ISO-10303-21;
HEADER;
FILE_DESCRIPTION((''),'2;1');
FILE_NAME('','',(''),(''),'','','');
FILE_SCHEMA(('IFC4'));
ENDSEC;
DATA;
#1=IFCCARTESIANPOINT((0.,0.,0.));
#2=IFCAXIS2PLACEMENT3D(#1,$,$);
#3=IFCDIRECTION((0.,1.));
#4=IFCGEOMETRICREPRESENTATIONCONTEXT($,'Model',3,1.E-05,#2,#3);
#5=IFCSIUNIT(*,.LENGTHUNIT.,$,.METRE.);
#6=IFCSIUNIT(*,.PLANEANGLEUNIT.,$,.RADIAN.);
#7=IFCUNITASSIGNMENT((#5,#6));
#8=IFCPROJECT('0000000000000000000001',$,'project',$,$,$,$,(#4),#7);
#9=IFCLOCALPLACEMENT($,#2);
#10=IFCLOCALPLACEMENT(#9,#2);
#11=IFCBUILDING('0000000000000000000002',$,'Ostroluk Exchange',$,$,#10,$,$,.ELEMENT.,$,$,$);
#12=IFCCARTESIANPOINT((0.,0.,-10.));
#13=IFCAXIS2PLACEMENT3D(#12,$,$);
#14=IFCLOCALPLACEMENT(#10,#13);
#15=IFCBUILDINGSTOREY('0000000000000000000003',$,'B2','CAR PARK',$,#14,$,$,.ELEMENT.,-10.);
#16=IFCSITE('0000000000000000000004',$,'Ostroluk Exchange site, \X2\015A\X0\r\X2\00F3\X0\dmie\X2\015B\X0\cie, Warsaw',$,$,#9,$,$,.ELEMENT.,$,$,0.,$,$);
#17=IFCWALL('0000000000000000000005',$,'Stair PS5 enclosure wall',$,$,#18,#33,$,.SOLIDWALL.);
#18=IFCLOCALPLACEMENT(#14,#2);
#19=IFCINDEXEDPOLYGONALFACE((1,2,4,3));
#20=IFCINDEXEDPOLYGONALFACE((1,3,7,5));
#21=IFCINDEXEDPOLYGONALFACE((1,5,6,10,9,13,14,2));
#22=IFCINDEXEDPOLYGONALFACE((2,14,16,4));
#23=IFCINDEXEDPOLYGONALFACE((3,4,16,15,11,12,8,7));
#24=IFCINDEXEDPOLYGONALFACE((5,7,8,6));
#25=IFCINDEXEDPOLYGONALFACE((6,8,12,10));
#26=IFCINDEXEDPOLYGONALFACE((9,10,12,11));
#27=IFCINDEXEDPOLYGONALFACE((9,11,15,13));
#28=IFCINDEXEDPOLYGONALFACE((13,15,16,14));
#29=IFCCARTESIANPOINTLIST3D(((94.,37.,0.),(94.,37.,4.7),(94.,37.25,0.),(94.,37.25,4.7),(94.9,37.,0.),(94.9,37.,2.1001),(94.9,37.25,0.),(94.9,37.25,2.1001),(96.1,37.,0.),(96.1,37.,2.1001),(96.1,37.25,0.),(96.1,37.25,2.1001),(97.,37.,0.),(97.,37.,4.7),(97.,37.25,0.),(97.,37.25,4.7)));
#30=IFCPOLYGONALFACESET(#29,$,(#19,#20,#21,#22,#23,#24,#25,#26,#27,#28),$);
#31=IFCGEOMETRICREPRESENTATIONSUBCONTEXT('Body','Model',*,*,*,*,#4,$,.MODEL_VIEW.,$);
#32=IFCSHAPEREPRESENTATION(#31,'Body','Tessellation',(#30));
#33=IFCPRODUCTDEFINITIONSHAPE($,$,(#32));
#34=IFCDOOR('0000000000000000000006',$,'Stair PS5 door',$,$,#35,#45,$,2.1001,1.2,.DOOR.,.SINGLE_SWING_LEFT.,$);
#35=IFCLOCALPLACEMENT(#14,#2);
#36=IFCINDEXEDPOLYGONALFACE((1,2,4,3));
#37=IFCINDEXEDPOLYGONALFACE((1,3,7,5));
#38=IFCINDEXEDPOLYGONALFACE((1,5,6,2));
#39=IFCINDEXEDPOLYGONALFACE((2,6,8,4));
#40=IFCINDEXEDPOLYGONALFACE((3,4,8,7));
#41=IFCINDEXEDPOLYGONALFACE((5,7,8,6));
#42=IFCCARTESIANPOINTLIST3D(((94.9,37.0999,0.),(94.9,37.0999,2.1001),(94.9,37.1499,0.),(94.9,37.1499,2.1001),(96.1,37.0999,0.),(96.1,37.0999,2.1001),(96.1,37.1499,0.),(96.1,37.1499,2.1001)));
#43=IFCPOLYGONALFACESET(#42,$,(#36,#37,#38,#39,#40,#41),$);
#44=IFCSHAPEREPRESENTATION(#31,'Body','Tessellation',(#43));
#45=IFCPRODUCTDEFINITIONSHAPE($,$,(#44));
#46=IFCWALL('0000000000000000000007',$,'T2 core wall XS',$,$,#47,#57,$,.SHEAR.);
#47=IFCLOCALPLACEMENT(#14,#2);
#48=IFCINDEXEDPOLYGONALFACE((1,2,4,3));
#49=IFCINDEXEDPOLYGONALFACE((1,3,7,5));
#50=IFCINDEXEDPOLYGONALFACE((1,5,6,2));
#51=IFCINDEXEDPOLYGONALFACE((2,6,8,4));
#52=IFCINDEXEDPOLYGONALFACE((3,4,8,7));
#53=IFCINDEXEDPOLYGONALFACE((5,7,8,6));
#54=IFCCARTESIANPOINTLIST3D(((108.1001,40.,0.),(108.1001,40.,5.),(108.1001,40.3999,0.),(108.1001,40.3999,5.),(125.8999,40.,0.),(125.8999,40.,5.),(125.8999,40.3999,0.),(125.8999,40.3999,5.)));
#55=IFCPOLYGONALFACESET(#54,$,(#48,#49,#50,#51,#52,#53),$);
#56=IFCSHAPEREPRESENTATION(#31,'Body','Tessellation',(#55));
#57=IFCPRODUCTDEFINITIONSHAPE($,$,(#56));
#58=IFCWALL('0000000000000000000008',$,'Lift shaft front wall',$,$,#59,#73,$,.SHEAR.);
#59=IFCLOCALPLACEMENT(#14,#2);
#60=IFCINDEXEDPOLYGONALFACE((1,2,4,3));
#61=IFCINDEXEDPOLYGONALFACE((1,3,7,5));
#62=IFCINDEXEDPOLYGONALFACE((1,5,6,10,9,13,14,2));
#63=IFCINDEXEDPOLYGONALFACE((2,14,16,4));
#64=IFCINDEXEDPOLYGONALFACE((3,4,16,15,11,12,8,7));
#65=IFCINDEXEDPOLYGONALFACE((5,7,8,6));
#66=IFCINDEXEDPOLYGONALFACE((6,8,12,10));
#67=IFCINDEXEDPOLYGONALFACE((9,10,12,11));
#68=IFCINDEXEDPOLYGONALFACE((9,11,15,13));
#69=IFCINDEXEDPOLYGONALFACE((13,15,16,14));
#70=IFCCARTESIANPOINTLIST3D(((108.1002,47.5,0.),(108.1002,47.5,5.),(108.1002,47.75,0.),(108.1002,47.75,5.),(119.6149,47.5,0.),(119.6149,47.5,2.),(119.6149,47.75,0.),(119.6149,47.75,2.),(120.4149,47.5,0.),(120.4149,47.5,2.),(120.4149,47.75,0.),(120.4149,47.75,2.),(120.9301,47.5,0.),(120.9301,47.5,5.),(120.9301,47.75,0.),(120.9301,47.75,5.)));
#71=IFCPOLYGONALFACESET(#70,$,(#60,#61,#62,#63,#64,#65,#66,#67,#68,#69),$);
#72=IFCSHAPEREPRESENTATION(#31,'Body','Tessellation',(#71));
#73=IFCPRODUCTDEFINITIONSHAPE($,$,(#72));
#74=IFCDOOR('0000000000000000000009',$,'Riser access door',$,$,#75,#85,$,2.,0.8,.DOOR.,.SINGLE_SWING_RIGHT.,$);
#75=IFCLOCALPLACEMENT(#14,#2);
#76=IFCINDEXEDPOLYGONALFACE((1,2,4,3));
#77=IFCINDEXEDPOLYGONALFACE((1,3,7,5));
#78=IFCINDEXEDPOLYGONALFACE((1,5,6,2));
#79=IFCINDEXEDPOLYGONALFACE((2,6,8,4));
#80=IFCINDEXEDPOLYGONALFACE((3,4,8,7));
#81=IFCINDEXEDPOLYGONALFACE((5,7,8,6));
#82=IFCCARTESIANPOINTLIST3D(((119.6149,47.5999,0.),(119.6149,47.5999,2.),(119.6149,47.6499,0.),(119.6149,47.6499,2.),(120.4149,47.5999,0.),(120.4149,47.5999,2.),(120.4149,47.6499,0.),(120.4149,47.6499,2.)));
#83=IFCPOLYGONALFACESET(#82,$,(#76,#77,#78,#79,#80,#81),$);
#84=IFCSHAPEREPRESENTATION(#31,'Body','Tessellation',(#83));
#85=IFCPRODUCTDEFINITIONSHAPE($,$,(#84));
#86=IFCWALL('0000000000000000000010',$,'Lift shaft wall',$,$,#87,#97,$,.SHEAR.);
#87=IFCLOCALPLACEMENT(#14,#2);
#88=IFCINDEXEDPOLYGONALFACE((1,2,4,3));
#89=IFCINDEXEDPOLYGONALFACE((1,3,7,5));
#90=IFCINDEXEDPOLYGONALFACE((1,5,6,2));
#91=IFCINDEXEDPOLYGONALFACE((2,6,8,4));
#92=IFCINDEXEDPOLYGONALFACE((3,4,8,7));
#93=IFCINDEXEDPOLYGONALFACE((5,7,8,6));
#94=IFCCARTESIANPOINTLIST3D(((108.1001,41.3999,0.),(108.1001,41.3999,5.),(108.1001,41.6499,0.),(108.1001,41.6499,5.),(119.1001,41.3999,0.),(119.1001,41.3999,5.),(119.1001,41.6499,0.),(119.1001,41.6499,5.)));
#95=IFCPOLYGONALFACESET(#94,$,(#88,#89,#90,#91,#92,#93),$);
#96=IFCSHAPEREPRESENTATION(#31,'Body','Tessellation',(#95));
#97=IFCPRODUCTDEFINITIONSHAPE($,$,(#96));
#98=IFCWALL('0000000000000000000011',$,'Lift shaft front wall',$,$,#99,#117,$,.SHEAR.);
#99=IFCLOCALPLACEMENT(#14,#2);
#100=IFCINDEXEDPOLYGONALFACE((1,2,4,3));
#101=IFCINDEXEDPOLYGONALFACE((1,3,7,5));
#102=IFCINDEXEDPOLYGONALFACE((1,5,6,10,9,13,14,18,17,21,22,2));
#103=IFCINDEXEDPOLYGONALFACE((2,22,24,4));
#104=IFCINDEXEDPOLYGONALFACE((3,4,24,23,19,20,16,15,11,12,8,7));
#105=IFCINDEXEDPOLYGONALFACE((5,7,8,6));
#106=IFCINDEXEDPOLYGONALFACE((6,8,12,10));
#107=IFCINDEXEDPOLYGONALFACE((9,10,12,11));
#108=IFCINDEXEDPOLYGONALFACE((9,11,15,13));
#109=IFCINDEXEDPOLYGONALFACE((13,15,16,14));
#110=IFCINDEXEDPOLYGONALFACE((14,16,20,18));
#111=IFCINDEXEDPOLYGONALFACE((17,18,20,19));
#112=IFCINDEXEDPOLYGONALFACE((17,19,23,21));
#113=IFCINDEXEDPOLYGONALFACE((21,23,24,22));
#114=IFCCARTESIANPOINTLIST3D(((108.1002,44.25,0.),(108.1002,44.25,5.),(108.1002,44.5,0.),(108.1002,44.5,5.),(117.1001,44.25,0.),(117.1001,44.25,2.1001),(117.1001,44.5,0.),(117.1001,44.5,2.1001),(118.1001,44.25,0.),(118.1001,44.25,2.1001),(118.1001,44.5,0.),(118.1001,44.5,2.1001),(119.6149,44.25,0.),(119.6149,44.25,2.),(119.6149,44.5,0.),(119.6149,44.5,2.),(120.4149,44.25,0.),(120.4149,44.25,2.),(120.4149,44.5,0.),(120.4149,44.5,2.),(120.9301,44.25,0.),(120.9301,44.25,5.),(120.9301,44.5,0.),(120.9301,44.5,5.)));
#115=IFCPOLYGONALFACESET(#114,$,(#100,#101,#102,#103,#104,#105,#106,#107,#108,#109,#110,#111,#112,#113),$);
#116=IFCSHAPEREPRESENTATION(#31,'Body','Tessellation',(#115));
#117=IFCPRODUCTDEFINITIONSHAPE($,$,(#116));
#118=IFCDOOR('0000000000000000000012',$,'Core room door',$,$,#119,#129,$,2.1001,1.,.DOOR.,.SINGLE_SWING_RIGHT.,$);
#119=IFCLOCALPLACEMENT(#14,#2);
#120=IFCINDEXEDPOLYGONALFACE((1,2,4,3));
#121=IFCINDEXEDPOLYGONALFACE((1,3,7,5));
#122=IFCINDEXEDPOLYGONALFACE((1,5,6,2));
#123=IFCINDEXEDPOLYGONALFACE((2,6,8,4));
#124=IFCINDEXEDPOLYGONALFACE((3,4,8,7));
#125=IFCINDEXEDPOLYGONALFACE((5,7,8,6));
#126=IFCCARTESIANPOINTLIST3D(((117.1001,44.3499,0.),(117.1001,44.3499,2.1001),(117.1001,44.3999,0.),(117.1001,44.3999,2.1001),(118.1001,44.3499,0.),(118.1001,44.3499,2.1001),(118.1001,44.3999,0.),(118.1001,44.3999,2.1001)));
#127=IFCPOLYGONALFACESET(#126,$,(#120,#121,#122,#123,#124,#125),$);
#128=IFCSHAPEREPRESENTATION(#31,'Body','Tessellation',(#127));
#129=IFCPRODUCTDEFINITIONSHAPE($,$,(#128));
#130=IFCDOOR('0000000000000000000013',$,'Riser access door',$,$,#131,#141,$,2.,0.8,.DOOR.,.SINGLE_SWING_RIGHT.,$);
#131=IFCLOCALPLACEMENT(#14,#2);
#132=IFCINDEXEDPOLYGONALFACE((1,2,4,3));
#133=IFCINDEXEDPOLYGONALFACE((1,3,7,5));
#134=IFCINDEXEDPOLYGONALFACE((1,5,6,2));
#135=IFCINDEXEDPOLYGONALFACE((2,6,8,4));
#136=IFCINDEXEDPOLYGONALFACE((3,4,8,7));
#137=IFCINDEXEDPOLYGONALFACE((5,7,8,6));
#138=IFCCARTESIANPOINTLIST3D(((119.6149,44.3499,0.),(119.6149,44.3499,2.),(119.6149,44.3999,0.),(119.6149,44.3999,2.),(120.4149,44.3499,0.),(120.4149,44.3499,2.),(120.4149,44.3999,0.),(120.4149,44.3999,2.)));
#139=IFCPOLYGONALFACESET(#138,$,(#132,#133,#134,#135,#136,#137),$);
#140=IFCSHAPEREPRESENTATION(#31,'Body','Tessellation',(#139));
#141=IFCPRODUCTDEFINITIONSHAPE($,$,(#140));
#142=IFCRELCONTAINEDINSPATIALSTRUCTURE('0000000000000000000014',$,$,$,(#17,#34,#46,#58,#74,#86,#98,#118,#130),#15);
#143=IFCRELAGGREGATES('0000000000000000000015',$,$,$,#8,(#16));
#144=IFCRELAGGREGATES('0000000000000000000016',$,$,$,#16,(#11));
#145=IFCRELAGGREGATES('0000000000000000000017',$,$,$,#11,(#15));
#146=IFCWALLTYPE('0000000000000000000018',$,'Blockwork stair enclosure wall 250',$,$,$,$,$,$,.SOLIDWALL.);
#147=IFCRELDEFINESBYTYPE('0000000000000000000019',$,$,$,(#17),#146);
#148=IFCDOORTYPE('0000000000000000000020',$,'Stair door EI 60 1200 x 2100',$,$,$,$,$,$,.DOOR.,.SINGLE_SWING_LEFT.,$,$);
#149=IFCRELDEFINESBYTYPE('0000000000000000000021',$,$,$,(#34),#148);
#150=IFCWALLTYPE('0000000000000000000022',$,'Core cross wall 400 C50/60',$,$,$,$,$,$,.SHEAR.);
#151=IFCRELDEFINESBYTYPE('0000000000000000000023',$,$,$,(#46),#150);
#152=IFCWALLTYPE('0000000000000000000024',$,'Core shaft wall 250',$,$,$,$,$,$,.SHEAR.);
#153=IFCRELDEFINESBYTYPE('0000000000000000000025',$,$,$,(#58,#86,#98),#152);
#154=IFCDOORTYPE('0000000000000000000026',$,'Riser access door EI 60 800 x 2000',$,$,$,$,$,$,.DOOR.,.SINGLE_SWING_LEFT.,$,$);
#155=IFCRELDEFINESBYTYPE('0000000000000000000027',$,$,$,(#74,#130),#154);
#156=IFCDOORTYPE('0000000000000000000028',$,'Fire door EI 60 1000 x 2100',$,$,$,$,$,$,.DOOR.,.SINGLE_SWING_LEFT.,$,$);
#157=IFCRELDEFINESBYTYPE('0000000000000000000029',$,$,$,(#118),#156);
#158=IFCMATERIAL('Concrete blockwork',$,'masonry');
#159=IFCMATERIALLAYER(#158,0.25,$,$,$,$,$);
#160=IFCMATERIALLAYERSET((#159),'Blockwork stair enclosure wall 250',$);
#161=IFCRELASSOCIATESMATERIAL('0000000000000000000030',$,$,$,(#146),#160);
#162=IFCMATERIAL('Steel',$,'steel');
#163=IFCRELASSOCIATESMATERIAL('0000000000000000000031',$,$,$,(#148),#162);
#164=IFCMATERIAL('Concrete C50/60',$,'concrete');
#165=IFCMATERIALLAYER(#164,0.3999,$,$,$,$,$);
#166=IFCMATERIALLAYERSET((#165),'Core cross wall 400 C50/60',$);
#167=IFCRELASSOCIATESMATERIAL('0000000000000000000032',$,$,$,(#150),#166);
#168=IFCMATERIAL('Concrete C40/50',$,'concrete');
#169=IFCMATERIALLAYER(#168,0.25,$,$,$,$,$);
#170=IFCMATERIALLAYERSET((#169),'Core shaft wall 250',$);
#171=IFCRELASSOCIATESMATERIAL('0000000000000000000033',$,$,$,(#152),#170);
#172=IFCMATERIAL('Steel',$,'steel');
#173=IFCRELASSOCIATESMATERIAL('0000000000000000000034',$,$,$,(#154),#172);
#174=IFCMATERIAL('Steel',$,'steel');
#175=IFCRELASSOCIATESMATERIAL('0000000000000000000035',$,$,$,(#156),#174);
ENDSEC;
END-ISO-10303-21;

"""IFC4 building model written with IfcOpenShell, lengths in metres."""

from ifc_helpers import new_model, si_unit, direction, frame, frame_2d, origin, place, context, subcontext, project, spatial, rectangle, extrude, material, layer, layer_set, type_object, element, fill, save


model = new_model("IFC4")

# Units and contexts
model_context = context("Model", 3, precision=1e-05, world=origin(), true_north=direction((0.0, 1.0)))
body_context = subcontext(model_context, "Body", "Model", "MODEL_VIEW")
ifc_project = project(units=[si_unit("LENGTHUNIT", "METRE"), si_unit("PLANEANGLEUNIT", "RADIAN")], contexts=[model_context])

# Site, building, storey
site_placement = place(None, origin())
site = spatial("IfcSite", under=ifc_project, at=site_placement, Name="Ostroluk Exchange site, Śródmieście, Warsaw", CompositionType="ELEMENT", RefElevation=0.0)
building_placement = place(site_placement, origin())
building = spatial("IfcBuilding", under=site, at=building_placement, Name="Ostroluk Exchange", CompositionType="ELEMENT")
storey_placement = place(building_placement, frame((0.0, 0.0, -10.0)))
storey = spatial("IfcBuildingStorey", under=building, at=storey_placement, Name="B2", Description="CAR PARK", CompositionType="ELEMENT", Elevation=-10.0)

# Wall, opening, door
ifc_material_1 = material(Name="Concrete blockwork", Category="masonry")
ifc_layer_1 = layer(ifc_material_1, 0.25)
ifc_layer_set_1 = layer_set([ifc_layer_1], Name="Blockwork stair enclosure wall 250")
wall_type_1 = type_object("IfcWallType", Name="Blockwork stair enclosure wall 250", PredefinedType="SOLIDWALL", material=ifc_layer_set_1)
wall_1_placement = place(storey_placement, frame((94.0, 37.125, 0.0), z_axis=(0.0, 0.0, 1.0), x_axis=(1.0, 0.0, 0.0)))
wall_1 = element("IfcWall", 1, at=wall_1_placement, inside=storey, type_object=wall_type_1, Name="Stair PS5 enclosure wall", PredefinedType="SOLIDWALL", context=body_context, shape_type="SweptSolid", body=[
    extrude(rectangle(XDim=3.0, YDim=0.25, at=frame_2d((1.5, 0.0))), origin(), (0.0, 0.0, 1.0), 4.7),
])
opening_1_placement = place(wall_1_placement, frame((0.8999, 0.0, 0.0)))
opening_1 = element("IfcOpeningElement", 2, at=opening_1_placement, cuts=wall_1, PredefinedType="OPENING", context=body_context, shape_type="SweptSolid", body=[
    extrude(rectangle(XDim=1.2, YDim=2.1001, at=frame_2d((0.6001, 1.05))), frame((0.0, 0.135, 0.0), z_axis=(0.0, -1.0, 0.0), x_axis=(1.0, 0.0, 0.0)), (0.0, 0.0, 1.0), 0.27),
])
ifc_material_2 = material(Name="Steel", Category="steel")
door_type_1 = type_object("IfcDoorType", Name="Stair door EI 60 1200 x 2100", OperationType="SINGLE_SWING_LEFT", PredefinedType="DOOR", material=ifc_material_2)
door_1_placement = place(opening_1_placement, origin())
door_1 = element("IfcDoor", 3, at=door_1_placement, inside=storey, type_object=door_type_1, Name="Stair PS5 door", OperationType="SINGLE_SWING_LEFT", OverallHeight=2.1001, OverallWidth=1.2, PredefinedType="DOOR", context=body_context, shape_type="SweptSolid", body=[
    extrude(rectangle(XDim=1.2, YDim=2.1001, at=frame_2d((0.6001, 1.05))), frame((0.0, 0.0249, 0.0), z_axis=(0.0, -1.0, 0.0), x_axis=(1.0, 0.0, 0.0)), (0.0, 0.0, 1.0), 0.05),
])
fill(opening_1, door_1)

# Wall
ifc_material_3 = material(Name="Concrete C50/60", Category="concrete")
ifc_layer_2 = layer(ifc_material_3, 0.3999)
ifc_layer_set_2 = layer_set([ifc_layer_2], Name="Core cross wall 400 C50/60")
wall_type_2 = type_object("IfcWallType", Name="Core cross wall 400 C50/60", PredefinedType="SHEAR", material=ifc_layer_set_2)
wall_2_placement = place(storey_placement, frame((108.1001, 40.2, 0.0), z_axis=(0.0, 0.0, 1.0), x_axis=(1.0, 0.0, 0.0)))
element("IfcWall", 4, at=wall_2_placement, inside=storey, type_object=wall_type_2, Name="T2 core wall XS", PredefinedType="SHEAR", context=body_context, shape_type="SweptSolid", body=[
    extrude(rectangle(XDim=17.7998, YDim=0.3999, at=frame_2d((8.8999, 0.0))), origin(), (0.0, 0.0, 1.0), 5.0),
])

# Wall, opening, door
ifc_material_4 = material(Name="Concrete C40/50", Category="concrete")
ifc_layer_3 = layer(ifc_material_4, 0.25)
ifc_layer_set_3 = layer_set([ifc_layer_3], Name="Core shaft wall 250")
wall_type_3 = type_object("IfcWallType", Name="Core shaft wall 250", PredefinedType="SHEAR", material=ifc_layer_set_3)
wall_3_placement = place(storey_placement, frame((108.1001, 47.625, 0.0), z_axis=(0.0, 0.0, 1.0), x_axis=(1.0, 0.0, 0.0)))
wall_3 = element("IfcWall", 5, at=wall_3_placement, inside=storey, type_object=wall_type_3, Name="Lift shaft front wall", PredefinedType="SHEAR", context=body_context, shape_type="SweptSolid", body=[
    extrude(rectangle(XDim=12.8298, YDim=0.25, at=frame_2d((6.415, 0.0))), origin(), (0.0, 0.0, 1.0), 5.0),
])
opening_2_placement = place(wall_3_placement, frame((11.5149, 0.0, 0.0)))
opening_2 = element("IfcOpeningElement", 6, at=opening_2_placement, cuts=wall_3, PredefinedType="OPENING", context=body_context, shape_type="SweptSolid", body=[
    extrude(rectangle(XDim=0.8, YDim=2.0, at=frame_2d((0.3999, 1.0))), frame((0.0, 0.135, 0.0), z_axis=(0.0, -1.0, 0.0), x_axis=(1.0, 0.0, 0.0)), (0.0, 0.0, 1.0), 0.27),
])
ifc_material_5 = material(Name="Steel", Category="steel")
door_type_2 = type_object("IfcDoorType", Name="Riser access door EI 60 800 x 2000", OperationType="SINGLE_SWING_LEFT", PredefinedType="DOOR", material=ifc_material_5)
door_2_placement = place(opening_2_placement, origin())
door_2 = element("IfcDoor", 7, at=door_2_placement, inside=storey, type_object=door_type_2, Name="Riser access door", OperationType="SINGLE_SWING_RIGHT", OverallHeight=2.0, OverallWidth=0.8, PredefinedType="DOOR", context=body_context, shape_type="SweptSolid", body=[
    extrude(rectangle(XDim=0.8, YDim=2.0, at=frame_2d((0.3999, 1.0))), frame((0.0, 0.0249, 0.0), z_axis=(0.0, -1.0, 0.0), x_axis=(1.0, 0.0, 0.0)), (0.0, 0.0, 1.0), 0.05),
])
fill(opening_2, door_2)

# Wall
wall_4_placement = place(storey_placement, frame((108.1001, 41.5249, 0.0), z_axis=(0.0, 0.0, 1.0), x_axis=(1.0, 0.0, 0.0)))
element("IfcWall", 8, at=wall_4_placement, inside=storey, type_object=wall_type_3, Name="Lift shaft wall", PredefinedType="SHEAR", context=body_context, shape_type="SweptSolid", body=[
    extrude(rectangle(XDim=11.0, YDim=0.25, at=frame_2d((5.5, 0.0))), origin(), (0.0, 0.0, 1.0), 5.0),
])

# Wall, openings, doors
wall_5_placement = place(storey_placement, frame((108.1001, 44.375, 0.0), z_axis=(0.0, 0.0, 1.0), x_axis=(1.0, 0.0, 0.0)))
wall_5 = element("IfcWall", 9, at=wall_5_placement, inside=storey, type_object=wall_type_3, Name="Lift shaft front wall", PredefinedType="SHEAR", context=body_context, shape_type="SweptSolid", body=[
    extrude(rectangle(XDim=12.8298, YDim=0.25, at=frame_2d((6.415, 0.0))), origin(), (0.0, 0.0, 1.0), 5.0),
])
opening_3_placement = place(wall_5_placement, frame((9.0, 0.0, 0.0)))
opening_3 = element("IfcOpeningElement", 10, at=opening_3_placement, cuts=wall_5, PredefinedType="OPENING", context=body_context, shape_type="SweptSolid", body=[
    extrude(rectangle(XDim=1.0, YDim=2.1001, at=frame_2d((0.5, 1.05))), frame((0.0, 0.135, 0.0), z_axis=(0.0, -1.0, 0.0), x_axis=(1.0, 0.0, 0.0)), (0.0, 0.0, 1.0), 0.27),
])
opening_4_placement = place(wall_5_placement, frame((11.5149, 0.0, 0.0)))
opening_4 = element("IfcOpeningElement", 11, at=opening_4_placement, cuts=wall_5, PredefinedType="OPENING", context=body_context, shape_type="SweptSolid", body=[
    extrude(rectangle(XDim=0.8, YDim=2.0, at=frame_2d((0.3999, 1.0))), frame((0.0, 0.135, 0.0), z_axis=(0.0, -1.0, 0.0), x_axis=(1.0, 0.0, 0.0)), (0.0, 0.0, 1.0), 0.27),
])
ifc_material_6 = material(Name="Steel", Category="steel")
door_type_3 = type_object("IfcDoorType", Name="Fire door EI 60 1000 x 2100", OperationType="SINGLE_SWING_LEFT", PredefinedType="DOOR", material=ifc_material_6)
door_3_placement = place(opening_3_placement, origin())
door_3 = element("IfcDoor", 12, at=door_3_placement, inside=storey, type_object=door_type_3, Name="Core room door", OperationType="SINGLE_SWING_RIGHT", OverallHeight=2.1001, OverallWidth=1.0, PredefinedType="DOOR", context=body_context, shape_type="SweptSolid", body=[
    extrude(rectangle(XDim=1.0, YDim=2.1001, at=frame_2d((0.5, 1.05))), frame((0.0, 0.0249, 0.0), z_axis=(0.0, -1.0, 0.0), x_axis=(1.0, 0.0, 0.0)), (0.0, 0.0, 1.0), 0.05),
])
fill(opening_3, door_3)
door_4_placement = place(opening_4_placement, origin())
door_4 = element("IfcDoor", 13, at=door_4_placement, inside=storey, type_object=door_type_2, Name="Riser access door", OperationType="SINGLE_SWING_RIGHT", OverallHeight=2.0, OverallWidth=0.8, PredefinedType="DOOR", context=body_context, shape_type="SweptSolid", body=[
    extrude(rectangle(XDim=0.8, YDim=2.0, at=frame_2d((0.3999, 1.0))), frame((0.0, 0.0249, 0.0), z_axis=(0.0, -1.0, 0.0), x_axis=(1.0, 0.0, 0.0)), (0.0, 0.0, 1.0), 0.05),
])
fill(opening_4, door_4)

save(model, "model.ifc")
